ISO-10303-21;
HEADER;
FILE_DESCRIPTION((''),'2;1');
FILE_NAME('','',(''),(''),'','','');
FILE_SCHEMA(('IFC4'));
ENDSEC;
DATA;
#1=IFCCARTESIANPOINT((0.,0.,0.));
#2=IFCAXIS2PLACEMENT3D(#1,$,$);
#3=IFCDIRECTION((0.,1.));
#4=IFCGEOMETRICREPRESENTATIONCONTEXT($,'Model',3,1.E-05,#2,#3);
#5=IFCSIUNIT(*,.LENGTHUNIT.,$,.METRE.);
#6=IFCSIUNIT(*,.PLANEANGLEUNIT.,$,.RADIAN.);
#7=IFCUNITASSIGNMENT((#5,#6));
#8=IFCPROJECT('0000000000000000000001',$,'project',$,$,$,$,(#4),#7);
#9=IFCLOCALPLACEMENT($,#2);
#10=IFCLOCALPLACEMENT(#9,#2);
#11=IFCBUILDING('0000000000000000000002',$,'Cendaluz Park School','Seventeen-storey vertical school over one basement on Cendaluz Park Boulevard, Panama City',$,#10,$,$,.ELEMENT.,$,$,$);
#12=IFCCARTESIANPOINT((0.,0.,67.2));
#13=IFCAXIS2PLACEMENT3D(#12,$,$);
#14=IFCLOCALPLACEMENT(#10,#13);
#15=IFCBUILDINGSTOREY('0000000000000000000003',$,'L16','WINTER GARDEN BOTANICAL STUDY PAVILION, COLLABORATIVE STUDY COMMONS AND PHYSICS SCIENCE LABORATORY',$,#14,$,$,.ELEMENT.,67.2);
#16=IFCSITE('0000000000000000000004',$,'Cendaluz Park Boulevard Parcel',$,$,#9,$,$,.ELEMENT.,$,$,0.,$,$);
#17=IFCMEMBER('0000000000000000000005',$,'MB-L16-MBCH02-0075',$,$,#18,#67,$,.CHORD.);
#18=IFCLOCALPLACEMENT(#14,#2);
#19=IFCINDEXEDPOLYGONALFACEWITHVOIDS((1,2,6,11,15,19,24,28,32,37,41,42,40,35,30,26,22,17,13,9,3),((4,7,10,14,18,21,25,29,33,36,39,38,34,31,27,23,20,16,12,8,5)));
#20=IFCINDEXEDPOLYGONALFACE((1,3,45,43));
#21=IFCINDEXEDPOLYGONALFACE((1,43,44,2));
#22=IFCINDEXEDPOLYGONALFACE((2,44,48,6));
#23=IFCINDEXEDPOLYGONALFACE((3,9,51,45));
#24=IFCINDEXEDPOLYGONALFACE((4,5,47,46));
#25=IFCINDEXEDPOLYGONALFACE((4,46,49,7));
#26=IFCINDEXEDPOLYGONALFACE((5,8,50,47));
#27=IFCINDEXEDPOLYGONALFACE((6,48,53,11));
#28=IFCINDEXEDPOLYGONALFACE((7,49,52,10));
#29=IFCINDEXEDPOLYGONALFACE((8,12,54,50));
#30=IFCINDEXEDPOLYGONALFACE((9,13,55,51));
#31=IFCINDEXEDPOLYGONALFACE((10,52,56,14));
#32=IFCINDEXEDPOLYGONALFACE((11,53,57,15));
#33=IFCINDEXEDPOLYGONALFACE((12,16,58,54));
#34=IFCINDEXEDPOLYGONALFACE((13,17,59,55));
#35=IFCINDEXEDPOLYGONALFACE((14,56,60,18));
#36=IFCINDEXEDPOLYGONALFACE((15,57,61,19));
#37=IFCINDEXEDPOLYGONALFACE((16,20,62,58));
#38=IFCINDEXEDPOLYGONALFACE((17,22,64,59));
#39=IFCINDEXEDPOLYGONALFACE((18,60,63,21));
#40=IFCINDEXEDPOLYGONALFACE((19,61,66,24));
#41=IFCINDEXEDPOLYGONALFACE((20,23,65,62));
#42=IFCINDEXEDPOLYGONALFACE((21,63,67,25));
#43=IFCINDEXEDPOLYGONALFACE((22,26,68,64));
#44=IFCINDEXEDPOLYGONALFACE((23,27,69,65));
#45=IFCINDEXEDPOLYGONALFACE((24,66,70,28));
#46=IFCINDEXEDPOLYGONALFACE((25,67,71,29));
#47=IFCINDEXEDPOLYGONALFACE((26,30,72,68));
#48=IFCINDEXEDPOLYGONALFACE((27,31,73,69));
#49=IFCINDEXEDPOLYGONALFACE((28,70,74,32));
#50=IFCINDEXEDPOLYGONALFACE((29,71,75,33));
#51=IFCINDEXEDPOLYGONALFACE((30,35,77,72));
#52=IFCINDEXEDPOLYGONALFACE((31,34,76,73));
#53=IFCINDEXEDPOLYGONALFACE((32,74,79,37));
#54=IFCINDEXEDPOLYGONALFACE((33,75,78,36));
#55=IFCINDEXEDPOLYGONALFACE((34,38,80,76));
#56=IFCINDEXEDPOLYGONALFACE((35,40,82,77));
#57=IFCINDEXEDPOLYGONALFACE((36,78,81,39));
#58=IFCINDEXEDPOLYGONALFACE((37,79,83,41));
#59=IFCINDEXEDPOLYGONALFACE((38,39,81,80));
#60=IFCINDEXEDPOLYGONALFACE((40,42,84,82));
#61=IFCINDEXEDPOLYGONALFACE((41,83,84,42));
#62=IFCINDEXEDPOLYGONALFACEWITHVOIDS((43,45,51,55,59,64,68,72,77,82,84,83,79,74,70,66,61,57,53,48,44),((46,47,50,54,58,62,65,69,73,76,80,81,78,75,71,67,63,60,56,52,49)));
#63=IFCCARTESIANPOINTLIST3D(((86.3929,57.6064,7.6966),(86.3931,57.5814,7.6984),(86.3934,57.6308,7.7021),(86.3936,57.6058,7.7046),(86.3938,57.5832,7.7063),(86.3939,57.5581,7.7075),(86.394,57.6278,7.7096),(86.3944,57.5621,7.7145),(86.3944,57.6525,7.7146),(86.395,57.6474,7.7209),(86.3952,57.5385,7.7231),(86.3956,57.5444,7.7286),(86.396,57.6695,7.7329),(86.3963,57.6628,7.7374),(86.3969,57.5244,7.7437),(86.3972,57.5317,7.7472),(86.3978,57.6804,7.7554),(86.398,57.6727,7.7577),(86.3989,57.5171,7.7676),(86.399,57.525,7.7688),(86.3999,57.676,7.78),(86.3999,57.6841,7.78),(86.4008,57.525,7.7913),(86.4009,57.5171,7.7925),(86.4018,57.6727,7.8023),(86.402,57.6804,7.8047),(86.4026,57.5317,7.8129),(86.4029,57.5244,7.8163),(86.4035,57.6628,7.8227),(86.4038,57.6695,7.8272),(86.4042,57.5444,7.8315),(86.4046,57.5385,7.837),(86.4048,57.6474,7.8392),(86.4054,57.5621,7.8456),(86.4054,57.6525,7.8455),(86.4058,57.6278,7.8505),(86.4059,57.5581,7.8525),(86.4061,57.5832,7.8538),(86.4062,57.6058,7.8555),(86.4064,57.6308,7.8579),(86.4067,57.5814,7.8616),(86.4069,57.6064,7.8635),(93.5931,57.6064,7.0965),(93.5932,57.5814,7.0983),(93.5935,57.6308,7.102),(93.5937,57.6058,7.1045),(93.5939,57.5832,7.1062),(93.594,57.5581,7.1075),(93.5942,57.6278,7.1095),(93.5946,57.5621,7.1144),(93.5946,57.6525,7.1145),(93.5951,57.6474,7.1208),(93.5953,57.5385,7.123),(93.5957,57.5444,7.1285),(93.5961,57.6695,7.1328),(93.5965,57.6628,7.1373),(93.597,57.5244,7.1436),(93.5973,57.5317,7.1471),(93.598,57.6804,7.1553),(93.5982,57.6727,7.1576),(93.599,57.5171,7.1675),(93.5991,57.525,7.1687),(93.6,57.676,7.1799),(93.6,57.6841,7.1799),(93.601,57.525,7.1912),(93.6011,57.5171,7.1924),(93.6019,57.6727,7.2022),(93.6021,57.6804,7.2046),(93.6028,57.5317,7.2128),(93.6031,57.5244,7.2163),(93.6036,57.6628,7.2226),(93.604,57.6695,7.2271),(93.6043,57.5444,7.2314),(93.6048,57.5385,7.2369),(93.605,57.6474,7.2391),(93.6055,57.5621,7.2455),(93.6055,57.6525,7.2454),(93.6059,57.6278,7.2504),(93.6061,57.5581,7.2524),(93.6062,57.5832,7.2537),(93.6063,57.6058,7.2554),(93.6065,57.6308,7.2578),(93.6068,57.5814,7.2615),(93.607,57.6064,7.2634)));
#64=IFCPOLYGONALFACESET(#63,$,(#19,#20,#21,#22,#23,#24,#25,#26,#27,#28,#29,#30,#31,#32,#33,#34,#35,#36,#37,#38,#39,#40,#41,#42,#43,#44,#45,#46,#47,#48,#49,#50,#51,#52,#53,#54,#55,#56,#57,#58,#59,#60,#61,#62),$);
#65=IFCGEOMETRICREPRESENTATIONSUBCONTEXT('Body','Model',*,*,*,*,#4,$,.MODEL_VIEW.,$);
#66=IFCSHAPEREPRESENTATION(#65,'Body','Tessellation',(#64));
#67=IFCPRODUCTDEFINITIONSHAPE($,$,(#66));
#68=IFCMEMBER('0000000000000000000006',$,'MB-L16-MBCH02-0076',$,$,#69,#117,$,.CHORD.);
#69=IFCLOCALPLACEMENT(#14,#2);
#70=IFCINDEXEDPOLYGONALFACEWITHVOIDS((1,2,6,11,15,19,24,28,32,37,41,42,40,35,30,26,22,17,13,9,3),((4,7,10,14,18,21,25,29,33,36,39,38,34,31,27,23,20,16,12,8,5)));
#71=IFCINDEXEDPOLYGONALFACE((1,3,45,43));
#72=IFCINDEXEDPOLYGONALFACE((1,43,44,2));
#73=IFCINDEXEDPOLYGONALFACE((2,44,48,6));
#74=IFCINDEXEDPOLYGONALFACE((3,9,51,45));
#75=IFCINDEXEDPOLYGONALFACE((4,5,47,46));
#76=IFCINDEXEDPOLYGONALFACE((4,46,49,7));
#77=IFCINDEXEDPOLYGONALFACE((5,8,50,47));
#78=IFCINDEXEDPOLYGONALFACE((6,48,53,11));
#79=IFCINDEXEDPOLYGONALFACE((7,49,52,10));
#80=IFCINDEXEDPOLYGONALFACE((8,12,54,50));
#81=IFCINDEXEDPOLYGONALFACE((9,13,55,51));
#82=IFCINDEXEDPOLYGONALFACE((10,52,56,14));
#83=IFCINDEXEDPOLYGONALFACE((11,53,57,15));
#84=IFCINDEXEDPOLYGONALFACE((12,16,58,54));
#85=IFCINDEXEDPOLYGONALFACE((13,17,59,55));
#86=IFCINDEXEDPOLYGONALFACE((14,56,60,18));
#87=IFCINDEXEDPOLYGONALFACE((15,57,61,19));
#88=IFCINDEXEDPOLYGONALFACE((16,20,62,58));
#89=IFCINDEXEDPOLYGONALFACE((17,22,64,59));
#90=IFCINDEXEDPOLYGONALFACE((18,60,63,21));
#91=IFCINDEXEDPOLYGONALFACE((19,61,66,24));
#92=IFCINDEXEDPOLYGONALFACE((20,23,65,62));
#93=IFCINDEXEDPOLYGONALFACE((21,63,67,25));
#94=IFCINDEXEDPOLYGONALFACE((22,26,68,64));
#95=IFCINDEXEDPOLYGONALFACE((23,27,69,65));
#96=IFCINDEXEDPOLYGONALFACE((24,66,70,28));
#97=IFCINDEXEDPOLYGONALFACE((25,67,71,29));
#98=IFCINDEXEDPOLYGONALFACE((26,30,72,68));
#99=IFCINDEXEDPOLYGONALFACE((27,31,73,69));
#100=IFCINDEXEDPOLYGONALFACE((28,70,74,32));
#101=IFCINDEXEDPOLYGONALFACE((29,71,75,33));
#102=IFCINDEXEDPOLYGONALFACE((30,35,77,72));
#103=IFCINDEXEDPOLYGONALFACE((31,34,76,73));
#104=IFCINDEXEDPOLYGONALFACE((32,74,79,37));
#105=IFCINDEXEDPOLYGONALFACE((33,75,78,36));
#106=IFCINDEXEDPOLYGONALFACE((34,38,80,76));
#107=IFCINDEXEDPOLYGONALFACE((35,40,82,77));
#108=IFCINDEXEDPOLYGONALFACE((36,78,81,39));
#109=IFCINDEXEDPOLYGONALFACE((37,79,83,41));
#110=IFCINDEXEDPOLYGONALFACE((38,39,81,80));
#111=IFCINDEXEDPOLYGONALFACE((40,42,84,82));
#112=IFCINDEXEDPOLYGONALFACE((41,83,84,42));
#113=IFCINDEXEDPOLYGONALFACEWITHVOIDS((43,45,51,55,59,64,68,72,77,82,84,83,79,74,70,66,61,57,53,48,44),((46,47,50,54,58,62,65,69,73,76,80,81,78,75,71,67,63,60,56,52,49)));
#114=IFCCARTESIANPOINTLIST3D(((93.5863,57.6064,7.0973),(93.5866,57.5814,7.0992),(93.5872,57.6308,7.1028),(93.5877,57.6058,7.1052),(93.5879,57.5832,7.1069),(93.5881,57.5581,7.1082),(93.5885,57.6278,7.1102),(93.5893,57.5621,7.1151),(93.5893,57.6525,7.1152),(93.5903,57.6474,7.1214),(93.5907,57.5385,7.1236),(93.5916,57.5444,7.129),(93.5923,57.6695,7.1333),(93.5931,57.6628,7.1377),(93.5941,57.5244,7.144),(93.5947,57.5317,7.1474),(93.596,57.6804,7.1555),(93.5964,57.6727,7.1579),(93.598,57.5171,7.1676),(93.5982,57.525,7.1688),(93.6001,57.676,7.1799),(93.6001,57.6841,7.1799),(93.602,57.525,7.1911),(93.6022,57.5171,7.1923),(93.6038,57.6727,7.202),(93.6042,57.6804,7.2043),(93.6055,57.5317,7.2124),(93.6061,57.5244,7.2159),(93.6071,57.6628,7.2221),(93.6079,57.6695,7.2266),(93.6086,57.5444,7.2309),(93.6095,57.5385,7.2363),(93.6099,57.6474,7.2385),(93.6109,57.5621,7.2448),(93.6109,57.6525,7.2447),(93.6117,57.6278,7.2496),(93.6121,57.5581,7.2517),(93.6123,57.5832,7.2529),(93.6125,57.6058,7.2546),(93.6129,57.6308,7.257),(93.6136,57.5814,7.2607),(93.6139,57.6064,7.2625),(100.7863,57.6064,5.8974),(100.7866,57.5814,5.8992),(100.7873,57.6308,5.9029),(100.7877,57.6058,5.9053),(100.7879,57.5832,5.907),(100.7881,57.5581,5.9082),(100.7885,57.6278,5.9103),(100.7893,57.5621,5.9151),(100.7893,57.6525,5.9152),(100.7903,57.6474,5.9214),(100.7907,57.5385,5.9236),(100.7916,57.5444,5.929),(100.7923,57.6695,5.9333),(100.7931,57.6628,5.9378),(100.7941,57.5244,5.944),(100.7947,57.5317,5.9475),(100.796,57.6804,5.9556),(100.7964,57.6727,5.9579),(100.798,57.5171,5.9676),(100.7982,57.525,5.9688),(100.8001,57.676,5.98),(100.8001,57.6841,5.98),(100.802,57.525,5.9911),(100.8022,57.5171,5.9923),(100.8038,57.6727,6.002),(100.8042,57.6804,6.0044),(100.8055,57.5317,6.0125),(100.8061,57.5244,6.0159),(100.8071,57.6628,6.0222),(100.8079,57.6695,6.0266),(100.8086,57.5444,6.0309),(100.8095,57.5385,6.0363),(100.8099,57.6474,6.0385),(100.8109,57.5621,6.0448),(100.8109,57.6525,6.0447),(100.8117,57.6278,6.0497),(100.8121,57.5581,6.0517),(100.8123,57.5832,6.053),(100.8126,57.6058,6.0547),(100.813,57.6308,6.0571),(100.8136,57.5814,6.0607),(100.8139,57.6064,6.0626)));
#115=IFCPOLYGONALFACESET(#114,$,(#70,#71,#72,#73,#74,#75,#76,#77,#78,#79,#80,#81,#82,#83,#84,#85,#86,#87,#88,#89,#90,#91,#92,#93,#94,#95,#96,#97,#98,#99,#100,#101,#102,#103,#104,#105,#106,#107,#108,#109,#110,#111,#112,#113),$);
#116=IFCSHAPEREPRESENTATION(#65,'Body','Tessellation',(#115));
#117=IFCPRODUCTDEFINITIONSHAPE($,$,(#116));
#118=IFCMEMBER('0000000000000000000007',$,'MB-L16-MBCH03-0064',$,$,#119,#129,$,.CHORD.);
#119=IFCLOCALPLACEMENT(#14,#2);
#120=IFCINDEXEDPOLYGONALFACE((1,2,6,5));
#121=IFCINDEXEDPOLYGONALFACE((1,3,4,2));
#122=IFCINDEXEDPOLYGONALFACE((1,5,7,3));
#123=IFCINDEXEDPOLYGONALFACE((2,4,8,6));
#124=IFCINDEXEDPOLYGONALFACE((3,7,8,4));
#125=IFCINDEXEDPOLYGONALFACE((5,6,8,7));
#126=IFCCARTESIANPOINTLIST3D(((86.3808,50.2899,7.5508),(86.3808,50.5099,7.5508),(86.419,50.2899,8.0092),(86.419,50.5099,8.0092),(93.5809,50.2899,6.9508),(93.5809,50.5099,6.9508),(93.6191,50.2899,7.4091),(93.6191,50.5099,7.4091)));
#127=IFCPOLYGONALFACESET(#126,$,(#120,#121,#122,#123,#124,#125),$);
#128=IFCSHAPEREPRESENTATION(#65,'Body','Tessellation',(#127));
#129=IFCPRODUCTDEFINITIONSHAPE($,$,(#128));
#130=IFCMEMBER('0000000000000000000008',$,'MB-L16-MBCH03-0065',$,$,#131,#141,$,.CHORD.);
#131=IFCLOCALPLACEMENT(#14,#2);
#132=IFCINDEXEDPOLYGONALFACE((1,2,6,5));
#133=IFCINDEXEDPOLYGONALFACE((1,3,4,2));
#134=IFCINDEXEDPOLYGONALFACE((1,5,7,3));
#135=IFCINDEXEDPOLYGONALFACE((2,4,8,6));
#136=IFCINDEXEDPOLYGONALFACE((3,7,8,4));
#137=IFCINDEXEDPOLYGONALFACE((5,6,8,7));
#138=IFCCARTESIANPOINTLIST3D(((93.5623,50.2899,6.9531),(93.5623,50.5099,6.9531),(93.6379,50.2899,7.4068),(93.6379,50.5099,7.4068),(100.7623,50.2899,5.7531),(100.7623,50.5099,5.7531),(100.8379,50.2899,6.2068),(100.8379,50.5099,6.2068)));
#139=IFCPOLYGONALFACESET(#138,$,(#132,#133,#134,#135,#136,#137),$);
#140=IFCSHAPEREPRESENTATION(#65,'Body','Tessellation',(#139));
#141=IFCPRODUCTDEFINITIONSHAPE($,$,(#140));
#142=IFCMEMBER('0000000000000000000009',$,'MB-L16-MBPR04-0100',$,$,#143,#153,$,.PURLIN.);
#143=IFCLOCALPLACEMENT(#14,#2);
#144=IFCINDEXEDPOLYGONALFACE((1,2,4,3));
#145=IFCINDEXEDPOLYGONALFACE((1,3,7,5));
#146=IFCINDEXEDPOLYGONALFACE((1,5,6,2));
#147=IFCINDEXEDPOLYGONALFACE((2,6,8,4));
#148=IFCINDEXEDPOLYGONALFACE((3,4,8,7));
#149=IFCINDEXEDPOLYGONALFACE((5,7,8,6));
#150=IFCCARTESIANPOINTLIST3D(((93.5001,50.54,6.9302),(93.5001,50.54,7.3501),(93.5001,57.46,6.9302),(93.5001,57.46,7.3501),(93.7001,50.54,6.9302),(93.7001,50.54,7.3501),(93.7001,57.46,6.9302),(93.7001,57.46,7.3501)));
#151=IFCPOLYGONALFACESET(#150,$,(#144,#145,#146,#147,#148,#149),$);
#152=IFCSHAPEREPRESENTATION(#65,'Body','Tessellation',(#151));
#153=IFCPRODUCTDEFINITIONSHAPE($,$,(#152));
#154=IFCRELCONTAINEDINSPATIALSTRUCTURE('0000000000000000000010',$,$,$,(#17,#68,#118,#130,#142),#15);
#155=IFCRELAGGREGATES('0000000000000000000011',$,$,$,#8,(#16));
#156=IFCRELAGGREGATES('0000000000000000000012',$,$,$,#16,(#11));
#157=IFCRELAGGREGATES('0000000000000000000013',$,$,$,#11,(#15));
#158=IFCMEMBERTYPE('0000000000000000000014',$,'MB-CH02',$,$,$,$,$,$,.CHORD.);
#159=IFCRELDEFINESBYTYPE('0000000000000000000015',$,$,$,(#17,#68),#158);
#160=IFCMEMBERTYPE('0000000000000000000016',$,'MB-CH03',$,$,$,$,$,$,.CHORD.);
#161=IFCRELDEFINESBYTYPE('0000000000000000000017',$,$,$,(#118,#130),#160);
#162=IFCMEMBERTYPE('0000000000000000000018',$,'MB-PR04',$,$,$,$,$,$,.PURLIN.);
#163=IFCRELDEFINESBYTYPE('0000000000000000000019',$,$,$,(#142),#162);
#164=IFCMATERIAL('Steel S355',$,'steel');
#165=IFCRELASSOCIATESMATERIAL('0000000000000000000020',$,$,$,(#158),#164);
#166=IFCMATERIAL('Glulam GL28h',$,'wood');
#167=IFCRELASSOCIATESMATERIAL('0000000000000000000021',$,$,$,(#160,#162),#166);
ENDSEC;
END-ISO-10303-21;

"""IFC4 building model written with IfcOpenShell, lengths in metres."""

from ifc_helpers import new_model, si_unit, direction, frame, origin, origin_2d, place, context, subcontext, project, spatial, rectangle, hollow_circle, extrude, material, material_profile, profile_set, type_object, element, save


model = new_model("IFC4")

# Units and contexts
model_context = context("Model", 3, precision=1e-05, world=origin(), true_north=direction((0.0, 1.0)))
body_context = subcontext(model_context, "Body", "Model", "MODEL_VIEW")
ifc_project = project(units=[si_unit("LENGTHUNIT", "METRE"), si_unit("PLANEANGLEUNIT", "RADIAN")], contexts=[model_context])

# Site, building, storey
site_placement = place(None, origin())
site = spatial("IfcSite", under=ifc_project, at=site_placement, Name="Cendaluz Park Boulevard Parcel", CompositionType="ELEMENT", RefElevation=0.0)
building_placement = place(site_placement, origin())
building = spatial("IfcBuilding", under=site, at=building_placement, Name="Cendaluz Park School", Description="Seventeen-storey vertical school over one basement on Cendaluz Park Boulevard, Panama City", CompositionType="ELEMENT")
storey_placement = place(building_placement, frame((0.0, 0.0, 67.2)))
storey = spatial("IfcBuildingStorey", under=building, at=storey_placement, Name="L16", Description="WINTER GARDEN BOTANICAL STUDY PAVILION, COLLABORATIVE STUDY COMMONS AND PHYSICS SCIENCE LABORATORY", CompositionType="ELEMENT", Elevation=67.2)

# Shared definitions
ifc_material_1 = material(Name="Steel S355", Category="steel")

# Members
ifc_material_profile_1 = material_profile(ifc_material_1, hollow_circle(Radius=0.084, WallThickness=0.0081, at=origin_2d()), Name="CHS 168x8", Category="steel")
ifc_profile_set_1 = profile_set([ifc_material_profile_1], Name="Steel S355")
member_type_1 = type_object("IfcMemberType", Name="MB-CH02", PredefinedType="CHORD", material=ifc_profile_set_1)
member_1_placement = place(storey_placement, frame((86.3999, 57.6001, 7.78), z_axis=(0.996545, 0.0, -0.083057), x_axis=(0.0, 1.0, 0.0)))
element("IfcMember", 1, at=member_1_placement, inside=storey, type_object=member_type_1, Name="MB-L16-MBCH02-0075", PredefinedType="CHORD", context=body_context, shape_type="SweptSolid", body=[
    extrude(hollow_circle(Radius=0.084, WallThickness=0.0081, at=origin_2d()), origin(), (0.0, 0.0, 1.0), 7.2251),
])
member_2_placement = place(storey_placement, frame((93.6001, 57.6001, 7.1799), z_axis=(0.986395, 0.0, -0.164394), x_axis=(0.0, 1.0, 0.0)))
element("IfcMember", 2, at=member_2_placement, inside=storey, type_object=member_type_1, Name="MB-L16-MBCH02-0076", PredefinedType="CHORD", context=body_context, shape_type="SweptSolid", body=[
    extrude(hollow_circle(Radius=0.084, WallThickness=0.0081, at=origin_2d()), origin(), (0.0, 0.0, 1.0), 7.2993),
])
ifc_material_2 = material(Name="Glulam GL28h", Category="wood")
ifc_material_profile_2 = material_profile(ifc_material_2, rectangle(XDim=0.22, YDim=0.46, at=origin_2d()), Name="GL28h 220x460", Category="wood")
ifc_profile_set_2 = profile_set([ifc_material_profile_2], Name="Glulam GL28h")
member_type_2 = type_object("IfcMemberType", Name="MB-CH03", PredefinedType="CHORD", material=ifc_profile_set_2)
member_3_placement = place(storey_placement, frame((86.3999, 50.3999, 7.78), z_axis=(0.996545, 0.0, -0.083057), x_axis=(0.0, 1.0, 0.0)))
element("IfcMember", 3, at=member_3_placement, inside=storey, type_object=member_type_2, Name="MB-L16-MBCH03-0064", PredefinedType="CHORD", context=body_context, shape_type="SweptSolid", body=[
    extrude(rectangle(XDim=0.22, YDim=0.46, at=origin_2d()), origin(), (0.0, 0.0, 1.0), 7.2251),
])
member_4_placement = place(storey_placement, frame((93.6001, 50.3999, 7.1799), z_axis=(0.986395, 0.0, -0.164394), x_axis=(0.0, 1.0, 0.0)))
element("IfcMember", 4, at=member_4_placement, inside=storey, type_object=member_type_2, Name="MB-L16-MBCH03-0065", PredefinedType="CHORD", context=body_context, shape_type="SweptSolid", body=[
    extrude(rectangle(XDim=0.22, YDim=0.46, at=origin_2d()), origin(), (0.0, 0.0, 1.0), 7.2993),
])
ifc_material_profile_3 = material_profile(ifc_material_2, rectangle(XDim=0.2, YDim=0.4199, at=origin_2d()), Name="GL28h 200x420", Category="wood")
ifc_profile_set_3 = profile_set([ifc_material_profile_3], Name="Glulam GL28h")
member_type_3 = type_object("IfcMemberType", Name="MB-PR04", PredefinedType="PURLIN", material=ifc_profile_set_3)
member_5_placement = place(storey_placement, frame((93.6001, 50.54, 7.1401), z_axis=(0.0, 1.0, 0.0), x_axis=(-1.0, 0.0, 0.0)))
element("IfcMember", 5, at=member_5_placement, inside=storey, type_object=member_type_3, Name="MB-L16-MBPR04-0100", PredefinedType="PURLIN", context=body_context, shape_type="SweptSolid", body=[
    extrude(rectangle(XDim=0.2, YDim=0.4199, at=origin_2d()), origin(), (0.0, 0.0, 1.0), 6.9199),
])

save(model, "model.ifc")
